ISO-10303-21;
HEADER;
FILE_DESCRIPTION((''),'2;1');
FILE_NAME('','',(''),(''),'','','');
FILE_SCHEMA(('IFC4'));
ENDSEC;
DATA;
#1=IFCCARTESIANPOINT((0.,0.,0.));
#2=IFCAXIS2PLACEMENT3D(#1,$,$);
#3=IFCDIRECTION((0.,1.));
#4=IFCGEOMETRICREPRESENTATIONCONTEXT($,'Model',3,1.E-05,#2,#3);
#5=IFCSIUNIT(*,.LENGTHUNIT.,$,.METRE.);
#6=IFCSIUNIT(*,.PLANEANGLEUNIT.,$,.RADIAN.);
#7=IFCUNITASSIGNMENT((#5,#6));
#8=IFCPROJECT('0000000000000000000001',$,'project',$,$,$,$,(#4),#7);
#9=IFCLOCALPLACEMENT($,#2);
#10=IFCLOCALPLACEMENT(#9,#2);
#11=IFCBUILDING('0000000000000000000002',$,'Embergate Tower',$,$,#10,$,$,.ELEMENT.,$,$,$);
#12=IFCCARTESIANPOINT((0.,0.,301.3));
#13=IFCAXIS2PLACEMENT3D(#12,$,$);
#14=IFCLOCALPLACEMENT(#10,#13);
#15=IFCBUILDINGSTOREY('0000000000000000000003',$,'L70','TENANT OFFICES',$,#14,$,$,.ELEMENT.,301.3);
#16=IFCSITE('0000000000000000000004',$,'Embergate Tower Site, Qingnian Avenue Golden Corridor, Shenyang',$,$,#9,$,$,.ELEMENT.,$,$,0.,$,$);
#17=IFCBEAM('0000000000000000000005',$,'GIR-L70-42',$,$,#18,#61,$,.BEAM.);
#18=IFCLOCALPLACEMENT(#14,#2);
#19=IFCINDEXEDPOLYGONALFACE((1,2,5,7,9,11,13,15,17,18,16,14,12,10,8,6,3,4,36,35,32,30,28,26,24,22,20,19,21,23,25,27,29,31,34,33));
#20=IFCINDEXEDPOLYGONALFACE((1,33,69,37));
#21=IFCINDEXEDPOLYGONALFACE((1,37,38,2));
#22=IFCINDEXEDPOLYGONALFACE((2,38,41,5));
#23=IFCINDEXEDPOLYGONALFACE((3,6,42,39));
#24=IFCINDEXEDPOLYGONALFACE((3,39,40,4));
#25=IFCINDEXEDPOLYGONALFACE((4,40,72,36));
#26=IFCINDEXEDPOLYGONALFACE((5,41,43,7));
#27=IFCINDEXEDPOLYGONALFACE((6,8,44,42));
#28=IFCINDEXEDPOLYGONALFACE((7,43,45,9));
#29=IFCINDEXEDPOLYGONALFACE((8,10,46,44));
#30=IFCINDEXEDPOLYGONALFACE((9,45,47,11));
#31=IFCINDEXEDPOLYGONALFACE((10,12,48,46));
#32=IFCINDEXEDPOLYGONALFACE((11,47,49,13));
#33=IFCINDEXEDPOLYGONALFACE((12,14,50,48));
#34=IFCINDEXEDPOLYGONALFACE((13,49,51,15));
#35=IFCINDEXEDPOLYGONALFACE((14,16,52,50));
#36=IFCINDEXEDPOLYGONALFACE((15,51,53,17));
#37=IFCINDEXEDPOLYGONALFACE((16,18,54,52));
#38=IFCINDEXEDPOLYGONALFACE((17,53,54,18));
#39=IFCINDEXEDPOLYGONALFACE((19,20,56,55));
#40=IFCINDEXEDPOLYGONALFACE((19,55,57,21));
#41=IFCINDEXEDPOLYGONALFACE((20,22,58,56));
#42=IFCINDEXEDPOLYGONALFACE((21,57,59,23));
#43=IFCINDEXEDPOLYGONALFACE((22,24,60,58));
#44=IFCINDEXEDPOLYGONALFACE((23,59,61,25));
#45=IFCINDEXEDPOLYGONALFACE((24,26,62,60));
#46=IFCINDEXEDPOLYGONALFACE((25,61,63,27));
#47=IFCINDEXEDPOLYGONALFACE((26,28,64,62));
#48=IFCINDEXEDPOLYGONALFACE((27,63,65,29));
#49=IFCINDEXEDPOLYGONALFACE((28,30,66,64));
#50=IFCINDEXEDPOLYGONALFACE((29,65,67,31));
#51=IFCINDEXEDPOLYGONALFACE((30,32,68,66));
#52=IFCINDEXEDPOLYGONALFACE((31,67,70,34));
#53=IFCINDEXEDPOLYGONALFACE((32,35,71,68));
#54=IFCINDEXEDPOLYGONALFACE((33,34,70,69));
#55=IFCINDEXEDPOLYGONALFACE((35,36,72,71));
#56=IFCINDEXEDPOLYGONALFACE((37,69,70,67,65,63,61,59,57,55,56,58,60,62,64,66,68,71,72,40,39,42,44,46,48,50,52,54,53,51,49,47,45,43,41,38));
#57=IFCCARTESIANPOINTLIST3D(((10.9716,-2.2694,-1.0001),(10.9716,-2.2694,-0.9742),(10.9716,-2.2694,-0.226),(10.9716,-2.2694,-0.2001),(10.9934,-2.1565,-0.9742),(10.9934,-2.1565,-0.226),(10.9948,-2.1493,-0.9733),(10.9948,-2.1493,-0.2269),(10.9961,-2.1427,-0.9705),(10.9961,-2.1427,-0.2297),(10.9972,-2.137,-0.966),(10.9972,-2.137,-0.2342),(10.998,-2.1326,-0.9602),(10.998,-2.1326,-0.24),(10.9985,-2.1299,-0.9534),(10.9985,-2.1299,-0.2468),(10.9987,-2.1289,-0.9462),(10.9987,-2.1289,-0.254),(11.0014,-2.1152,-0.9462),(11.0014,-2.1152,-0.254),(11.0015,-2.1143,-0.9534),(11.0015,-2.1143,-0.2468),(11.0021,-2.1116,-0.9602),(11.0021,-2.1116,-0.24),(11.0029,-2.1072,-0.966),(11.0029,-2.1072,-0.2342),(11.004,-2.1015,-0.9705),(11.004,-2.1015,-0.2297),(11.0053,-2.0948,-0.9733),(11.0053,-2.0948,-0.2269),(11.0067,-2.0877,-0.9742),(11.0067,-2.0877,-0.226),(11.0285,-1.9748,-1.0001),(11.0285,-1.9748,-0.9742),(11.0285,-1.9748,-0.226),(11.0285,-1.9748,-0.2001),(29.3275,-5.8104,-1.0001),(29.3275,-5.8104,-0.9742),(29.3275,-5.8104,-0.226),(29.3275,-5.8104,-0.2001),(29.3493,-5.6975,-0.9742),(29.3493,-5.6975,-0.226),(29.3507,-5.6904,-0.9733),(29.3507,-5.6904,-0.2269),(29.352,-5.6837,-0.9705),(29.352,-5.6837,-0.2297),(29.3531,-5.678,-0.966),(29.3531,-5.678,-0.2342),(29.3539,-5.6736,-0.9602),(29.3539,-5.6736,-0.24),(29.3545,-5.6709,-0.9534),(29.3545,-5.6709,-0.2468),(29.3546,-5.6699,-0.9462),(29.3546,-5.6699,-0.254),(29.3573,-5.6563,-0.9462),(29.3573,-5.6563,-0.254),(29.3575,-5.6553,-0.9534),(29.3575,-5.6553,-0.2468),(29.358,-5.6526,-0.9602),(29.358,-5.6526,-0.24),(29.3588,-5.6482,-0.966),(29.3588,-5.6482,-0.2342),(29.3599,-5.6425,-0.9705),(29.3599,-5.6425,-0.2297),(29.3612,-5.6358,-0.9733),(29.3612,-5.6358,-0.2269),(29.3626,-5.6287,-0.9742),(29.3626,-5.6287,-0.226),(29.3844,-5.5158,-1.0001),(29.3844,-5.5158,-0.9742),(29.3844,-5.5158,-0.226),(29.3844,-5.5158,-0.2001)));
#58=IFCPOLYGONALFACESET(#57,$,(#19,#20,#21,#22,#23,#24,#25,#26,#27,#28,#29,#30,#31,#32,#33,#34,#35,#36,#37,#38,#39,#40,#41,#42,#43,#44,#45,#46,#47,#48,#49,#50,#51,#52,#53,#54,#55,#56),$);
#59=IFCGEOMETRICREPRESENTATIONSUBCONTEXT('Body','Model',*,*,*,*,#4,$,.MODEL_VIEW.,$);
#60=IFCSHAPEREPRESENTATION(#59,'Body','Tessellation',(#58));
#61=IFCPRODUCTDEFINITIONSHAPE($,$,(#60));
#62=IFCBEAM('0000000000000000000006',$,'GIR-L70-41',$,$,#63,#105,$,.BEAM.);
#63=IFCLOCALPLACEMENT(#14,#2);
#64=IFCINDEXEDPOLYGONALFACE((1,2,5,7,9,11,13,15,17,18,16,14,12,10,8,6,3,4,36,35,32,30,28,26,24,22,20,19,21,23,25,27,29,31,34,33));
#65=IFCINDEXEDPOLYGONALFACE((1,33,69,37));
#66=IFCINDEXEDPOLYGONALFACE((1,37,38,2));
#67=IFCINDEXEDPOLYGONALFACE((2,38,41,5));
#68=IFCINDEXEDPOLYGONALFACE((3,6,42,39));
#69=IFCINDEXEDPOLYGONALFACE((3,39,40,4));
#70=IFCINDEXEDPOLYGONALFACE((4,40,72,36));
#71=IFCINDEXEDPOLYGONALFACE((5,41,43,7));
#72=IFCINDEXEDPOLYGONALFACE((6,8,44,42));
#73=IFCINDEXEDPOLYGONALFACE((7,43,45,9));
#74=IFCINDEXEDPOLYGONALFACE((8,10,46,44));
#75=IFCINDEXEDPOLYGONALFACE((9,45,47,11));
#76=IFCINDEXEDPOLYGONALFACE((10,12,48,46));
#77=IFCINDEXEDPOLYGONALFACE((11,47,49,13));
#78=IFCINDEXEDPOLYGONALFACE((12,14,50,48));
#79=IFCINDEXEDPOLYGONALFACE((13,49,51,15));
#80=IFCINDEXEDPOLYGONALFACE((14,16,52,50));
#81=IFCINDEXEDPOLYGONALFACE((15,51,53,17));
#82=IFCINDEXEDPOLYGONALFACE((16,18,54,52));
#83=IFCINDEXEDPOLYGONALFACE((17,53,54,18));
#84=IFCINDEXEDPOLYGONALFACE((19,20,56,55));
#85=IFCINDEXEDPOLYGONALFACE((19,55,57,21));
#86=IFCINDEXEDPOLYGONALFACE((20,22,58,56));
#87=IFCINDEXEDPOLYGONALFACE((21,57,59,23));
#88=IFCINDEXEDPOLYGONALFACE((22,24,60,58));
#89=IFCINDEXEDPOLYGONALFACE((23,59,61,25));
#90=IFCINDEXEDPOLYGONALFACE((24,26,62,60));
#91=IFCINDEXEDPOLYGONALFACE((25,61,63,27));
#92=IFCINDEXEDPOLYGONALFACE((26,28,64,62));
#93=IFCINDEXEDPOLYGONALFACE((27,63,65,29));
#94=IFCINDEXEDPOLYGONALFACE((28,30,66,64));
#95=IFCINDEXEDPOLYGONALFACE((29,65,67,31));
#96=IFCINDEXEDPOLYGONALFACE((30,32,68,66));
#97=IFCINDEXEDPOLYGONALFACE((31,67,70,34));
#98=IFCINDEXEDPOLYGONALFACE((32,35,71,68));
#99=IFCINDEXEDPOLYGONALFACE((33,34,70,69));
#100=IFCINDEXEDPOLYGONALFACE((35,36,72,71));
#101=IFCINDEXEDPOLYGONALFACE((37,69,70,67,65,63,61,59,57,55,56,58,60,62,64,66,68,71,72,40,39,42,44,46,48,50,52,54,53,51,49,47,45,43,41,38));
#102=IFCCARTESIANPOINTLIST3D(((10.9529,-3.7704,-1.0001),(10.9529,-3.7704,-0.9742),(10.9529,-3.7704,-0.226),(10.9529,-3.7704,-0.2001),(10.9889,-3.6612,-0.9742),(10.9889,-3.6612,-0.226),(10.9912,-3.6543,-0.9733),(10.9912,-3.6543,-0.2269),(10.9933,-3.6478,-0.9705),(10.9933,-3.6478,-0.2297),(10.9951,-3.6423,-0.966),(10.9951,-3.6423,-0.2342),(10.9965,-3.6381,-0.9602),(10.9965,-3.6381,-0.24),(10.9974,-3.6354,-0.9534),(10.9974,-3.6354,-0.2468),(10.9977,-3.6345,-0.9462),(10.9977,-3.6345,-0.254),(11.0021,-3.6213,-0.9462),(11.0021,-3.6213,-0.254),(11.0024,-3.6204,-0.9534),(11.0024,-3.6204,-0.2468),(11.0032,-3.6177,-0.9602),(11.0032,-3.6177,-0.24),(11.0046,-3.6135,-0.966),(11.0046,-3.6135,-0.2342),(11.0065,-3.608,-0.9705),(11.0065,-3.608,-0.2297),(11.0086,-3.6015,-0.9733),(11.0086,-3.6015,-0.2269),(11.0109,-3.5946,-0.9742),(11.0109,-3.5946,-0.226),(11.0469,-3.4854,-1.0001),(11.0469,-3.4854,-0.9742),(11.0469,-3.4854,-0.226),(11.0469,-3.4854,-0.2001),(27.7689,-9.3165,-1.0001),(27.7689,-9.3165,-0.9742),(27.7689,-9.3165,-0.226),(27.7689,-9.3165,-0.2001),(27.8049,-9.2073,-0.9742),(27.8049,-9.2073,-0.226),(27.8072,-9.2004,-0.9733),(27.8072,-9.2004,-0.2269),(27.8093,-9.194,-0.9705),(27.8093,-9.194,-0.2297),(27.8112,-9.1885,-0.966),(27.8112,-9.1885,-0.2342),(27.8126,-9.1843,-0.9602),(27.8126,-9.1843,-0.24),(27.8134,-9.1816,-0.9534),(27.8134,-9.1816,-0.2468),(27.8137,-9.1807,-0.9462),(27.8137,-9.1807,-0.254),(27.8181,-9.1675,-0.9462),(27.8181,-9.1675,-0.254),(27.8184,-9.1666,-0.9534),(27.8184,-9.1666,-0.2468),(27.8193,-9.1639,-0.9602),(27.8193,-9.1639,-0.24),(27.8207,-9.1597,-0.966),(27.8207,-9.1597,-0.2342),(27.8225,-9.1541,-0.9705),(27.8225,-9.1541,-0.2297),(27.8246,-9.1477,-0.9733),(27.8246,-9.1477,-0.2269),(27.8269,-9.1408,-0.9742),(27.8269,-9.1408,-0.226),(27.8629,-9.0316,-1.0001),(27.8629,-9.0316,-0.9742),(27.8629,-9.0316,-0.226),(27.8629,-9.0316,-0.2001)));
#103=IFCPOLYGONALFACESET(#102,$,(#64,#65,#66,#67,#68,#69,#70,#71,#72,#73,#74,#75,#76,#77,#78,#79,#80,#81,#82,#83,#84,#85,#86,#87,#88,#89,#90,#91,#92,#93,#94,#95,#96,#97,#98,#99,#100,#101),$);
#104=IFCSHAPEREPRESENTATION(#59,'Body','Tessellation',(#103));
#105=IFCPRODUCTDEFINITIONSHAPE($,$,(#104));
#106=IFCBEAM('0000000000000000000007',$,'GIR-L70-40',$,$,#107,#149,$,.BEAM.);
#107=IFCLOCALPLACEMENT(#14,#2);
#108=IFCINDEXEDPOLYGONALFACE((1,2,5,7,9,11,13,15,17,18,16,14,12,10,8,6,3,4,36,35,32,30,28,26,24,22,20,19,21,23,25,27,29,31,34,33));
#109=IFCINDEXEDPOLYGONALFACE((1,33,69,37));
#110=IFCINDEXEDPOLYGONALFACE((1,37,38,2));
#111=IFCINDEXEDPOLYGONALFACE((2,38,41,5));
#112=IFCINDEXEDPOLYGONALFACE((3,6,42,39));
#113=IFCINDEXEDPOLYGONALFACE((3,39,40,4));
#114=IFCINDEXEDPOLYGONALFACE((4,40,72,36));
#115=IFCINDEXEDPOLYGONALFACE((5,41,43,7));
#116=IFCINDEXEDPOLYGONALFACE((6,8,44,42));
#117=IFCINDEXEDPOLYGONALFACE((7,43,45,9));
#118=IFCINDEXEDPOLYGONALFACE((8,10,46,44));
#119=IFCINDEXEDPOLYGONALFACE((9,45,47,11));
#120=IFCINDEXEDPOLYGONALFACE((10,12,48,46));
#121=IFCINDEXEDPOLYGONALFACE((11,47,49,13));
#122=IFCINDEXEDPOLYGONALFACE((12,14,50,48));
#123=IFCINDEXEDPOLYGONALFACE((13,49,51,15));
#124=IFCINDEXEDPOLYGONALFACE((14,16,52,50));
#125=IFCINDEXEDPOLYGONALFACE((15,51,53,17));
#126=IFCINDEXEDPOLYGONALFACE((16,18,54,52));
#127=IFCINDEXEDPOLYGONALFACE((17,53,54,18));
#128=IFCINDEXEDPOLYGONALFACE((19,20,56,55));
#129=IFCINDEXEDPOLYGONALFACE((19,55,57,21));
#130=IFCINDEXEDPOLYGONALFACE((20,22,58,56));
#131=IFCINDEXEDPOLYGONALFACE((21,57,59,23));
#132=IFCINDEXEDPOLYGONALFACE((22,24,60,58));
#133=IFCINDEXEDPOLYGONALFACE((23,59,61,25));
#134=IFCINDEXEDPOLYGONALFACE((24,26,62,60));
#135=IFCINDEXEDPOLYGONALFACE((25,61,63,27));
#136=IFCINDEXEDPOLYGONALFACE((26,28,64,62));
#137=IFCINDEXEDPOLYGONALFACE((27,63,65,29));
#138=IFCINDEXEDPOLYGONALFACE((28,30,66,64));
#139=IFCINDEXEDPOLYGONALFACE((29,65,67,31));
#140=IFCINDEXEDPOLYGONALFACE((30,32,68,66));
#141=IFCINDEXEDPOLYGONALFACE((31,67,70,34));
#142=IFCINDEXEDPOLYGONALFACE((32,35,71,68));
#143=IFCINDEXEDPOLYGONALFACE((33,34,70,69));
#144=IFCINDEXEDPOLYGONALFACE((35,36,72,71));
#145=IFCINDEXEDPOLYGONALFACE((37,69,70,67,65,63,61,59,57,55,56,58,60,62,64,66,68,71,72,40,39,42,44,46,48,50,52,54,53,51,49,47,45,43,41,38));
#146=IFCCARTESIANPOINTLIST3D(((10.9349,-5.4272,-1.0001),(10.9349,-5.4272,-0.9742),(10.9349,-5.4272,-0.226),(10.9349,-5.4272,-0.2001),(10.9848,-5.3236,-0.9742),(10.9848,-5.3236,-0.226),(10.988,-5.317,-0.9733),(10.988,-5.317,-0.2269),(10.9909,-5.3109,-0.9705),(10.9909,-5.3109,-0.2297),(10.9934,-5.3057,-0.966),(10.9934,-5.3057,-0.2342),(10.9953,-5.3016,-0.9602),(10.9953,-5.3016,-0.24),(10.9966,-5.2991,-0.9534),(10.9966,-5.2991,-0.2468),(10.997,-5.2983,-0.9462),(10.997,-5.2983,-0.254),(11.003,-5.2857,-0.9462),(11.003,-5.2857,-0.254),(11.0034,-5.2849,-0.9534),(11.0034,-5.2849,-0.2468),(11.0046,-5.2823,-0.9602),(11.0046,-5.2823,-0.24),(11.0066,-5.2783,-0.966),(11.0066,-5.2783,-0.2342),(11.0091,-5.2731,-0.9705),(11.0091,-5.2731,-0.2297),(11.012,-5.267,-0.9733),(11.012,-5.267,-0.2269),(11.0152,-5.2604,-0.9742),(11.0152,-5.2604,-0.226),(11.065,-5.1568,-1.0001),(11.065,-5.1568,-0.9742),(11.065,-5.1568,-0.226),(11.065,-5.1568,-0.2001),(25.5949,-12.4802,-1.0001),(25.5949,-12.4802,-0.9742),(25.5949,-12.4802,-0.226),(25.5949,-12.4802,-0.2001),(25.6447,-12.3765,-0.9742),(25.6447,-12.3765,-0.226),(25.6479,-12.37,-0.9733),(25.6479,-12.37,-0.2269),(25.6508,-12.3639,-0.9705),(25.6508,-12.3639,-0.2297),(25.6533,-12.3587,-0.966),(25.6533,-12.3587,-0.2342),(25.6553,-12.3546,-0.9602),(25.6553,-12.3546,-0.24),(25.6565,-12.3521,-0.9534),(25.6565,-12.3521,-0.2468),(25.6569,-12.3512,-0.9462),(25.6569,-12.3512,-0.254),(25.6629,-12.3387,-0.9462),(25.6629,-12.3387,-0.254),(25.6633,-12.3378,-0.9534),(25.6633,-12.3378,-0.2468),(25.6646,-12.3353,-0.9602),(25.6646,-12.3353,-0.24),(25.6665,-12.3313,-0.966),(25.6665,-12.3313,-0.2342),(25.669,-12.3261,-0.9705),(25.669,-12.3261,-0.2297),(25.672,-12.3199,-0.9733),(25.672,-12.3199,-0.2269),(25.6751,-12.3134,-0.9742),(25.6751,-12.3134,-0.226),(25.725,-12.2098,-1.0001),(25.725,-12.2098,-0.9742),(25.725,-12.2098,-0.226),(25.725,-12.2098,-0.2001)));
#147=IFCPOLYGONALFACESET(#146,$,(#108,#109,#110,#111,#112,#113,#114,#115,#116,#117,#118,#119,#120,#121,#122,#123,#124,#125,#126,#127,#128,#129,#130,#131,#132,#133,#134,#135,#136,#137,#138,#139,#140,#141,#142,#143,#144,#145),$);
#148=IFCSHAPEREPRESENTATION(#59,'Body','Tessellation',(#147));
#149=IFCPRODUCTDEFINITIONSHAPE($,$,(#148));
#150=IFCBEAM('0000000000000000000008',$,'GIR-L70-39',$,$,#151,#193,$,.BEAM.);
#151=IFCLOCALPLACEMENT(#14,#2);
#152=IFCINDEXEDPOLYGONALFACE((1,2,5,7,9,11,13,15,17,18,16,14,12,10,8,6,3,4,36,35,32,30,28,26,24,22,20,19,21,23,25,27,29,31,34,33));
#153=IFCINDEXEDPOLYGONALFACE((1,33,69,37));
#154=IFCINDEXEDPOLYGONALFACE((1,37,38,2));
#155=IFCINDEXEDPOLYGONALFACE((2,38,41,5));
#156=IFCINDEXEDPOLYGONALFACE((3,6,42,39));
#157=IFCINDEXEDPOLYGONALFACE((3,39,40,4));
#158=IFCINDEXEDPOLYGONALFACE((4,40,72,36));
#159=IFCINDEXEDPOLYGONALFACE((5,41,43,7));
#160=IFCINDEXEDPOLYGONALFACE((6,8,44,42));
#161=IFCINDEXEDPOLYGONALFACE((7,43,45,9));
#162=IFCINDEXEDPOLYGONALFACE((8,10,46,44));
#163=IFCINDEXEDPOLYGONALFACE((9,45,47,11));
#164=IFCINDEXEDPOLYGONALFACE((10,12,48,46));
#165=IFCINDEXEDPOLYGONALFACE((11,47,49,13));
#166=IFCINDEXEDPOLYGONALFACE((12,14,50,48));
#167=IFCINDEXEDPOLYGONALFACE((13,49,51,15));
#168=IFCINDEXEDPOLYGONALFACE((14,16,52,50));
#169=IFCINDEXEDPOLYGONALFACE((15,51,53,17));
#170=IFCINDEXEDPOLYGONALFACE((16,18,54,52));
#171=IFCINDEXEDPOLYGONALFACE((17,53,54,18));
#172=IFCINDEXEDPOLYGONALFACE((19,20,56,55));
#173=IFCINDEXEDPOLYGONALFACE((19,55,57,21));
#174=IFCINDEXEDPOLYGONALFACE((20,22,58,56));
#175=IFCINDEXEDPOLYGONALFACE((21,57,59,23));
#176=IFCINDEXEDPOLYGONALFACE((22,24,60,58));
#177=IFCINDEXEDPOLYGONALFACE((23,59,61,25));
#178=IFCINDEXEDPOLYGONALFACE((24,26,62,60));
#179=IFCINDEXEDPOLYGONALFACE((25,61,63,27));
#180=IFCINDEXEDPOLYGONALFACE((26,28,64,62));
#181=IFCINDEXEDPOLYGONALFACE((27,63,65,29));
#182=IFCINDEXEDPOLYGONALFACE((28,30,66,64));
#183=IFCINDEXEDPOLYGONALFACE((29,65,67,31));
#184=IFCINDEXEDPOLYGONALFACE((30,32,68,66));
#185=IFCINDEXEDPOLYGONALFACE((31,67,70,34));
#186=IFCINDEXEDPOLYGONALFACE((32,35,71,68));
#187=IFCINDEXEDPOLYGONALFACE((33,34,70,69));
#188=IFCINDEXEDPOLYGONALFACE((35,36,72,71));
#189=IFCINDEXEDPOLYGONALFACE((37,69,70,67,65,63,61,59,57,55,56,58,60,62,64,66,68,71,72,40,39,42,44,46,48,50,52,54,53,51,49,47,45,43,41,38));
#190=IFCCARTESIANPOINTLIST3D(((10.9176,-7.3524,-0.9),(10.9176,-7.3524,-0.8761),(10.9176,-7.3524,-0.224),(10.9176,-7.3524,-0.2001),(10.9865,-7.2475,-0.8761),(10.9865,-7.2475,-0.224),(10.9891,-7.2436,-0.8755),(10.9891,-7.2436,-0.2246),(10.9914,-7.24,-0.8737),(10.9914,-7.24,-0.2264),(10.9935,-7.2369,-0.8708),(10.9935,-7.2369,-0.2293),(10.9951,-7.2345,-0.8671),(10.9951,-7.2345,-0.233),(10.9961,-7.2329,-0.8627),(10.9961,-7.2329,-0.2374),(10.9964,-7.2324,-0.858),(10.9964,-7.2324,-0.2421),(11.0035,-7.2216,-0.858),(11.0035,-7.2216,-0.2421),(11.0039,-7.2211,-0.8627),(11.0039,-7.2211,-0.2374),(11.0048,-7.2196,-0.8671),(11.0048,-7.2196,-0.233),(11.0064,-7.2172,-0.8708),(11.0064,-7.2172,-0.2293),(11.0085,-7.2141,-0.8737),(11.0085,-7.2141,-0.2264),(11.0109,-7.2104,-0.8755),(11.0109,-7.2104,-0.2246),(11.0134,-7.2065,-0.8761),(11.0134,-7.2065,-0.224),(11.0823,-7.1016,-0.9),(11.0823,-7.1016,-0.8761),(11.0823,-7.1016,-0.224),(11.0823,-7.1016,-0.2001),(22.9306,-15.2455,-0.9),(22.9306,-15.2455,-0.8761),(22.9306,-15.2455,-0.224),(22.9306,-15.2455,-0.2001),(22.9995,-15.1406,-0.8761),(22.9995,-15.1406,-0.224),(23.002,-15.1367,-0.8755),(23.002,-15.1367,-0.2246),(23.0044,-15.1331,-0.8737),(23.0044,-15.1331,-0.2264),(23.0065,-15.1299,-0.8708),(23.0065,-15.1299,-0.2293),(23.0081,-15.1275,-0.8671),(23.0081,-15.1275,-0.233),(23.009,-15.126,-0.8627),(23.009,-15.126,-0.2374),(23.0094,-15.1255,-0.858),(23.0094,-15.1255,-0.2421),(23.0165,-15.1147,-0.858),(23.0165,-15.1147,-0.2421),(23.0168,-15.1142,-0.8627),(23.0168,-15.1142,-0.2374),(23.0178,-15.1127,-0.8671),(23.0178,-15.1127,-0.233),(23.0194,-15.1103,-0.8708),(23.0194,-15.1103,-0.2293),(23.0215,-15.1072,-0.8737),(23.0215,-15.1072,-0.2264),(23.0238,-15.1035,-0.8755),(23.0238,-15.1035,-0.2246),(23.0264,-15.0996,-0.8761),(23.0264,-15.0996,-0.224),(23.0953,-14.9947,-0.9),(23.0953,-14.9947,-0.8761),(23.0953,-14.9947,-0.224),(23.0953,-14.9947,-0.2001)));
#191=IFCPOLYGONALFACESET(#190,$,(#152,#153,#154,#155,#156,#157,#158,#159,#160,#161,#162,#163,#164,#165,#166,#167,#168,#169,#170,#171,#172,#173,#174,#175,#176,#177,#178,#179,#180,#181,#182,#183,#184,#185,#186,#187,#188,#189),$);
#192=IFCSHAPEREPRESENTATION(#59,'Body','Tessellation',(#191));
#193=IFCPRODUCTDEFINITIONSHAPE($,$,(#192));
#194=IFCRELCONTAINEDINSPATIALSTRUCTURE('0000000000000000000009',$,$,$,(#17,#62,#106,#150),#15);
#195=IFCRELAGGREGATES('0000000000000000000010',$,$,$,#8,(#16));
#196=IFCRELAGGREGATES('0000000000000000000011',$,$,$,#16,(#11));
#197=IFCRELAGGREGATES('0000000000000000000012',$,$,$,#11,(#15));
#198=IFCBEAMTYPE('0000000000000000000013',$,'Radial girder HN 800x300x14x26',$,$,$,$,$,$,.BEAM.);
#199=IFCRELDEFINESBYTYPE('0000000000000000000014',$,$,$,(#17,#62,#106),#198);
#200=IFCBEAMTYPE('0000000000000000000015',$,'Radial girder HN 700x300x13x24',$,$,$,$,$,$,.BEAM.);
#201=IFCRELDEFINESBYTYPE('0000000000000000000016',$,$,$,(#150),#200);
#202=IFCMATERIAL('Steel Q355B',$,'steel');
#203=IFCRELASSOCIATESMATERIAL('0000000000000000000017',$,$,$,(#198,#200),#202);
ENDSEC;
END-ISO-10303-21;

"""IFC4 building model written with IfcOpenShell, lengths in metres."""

from ifc_helpers import new_model, si_unit, direction, frame, origin, origin_2d, place, context, subcontext, project, spatial, i_section, extrude, source, transform, mapped, material, material_profile, profile_set, type_object, element, save


model = new_model("IFC4")

# Units and contexts
model_context = context("Model", 3, precision=1e-05, world=origin(), true_north=direction((0.0, 1.0)))
body_context = subcontext(model_context, "Body", "Model", "MODEL_VIEW")
ifc_project = project(units=[si_unit("LENGTHUNIT", "METRE"), si_unit("PLANEANGLEUNIT", "RADIAN")], contexts=[model_context])

# Site, building, storey
site_placement = place(None, origin())
site = spatial("IfcSite", under=ifc_project, at=site_placement, Name="Embergate Tower Site, Qingnian Avenue Golden Corridor, Shenyang", CompositionType="ELEMENT", RefElevation=0.0)
building_placement = place(site_placement, origin())
building = spatial("IfcBuilding", under=site, at=building_placement, Name="Embergate Tower", CompositionType="ELEMENT")
storey_placement = place(building_placement, frame((0.0, 0.0, 301.3)))
storey = spatial("IfcBuildingStorey", under=building, at=storey_placement, Name="L70", Description="TENANT OFFICES", CompositionType="ELEMENT", Elevation=301.3)

# Beams
ifc_material_1 = material(Name="Steel Q355B", Category="steel")
ifc_material_profile_1 = material_profile(ifc_material_1, i_section(OverallWidth=0.3, OverallDepth=0.8, WebThickness=0.0139, FlangeThickness=0.0259, FilletRadius=0.0281, at=origin_2d()), Name="HN 800x300x14x26")
ifc_profile_set_1 = profile_set([ifc_material_profile_1], Name="Steel Q355 grade B")
beam_type_1 = type_object("IfcBeamType", Name="Radial girder HN 800x300x14x26", PredefinedType="BEAM", material=ifc_profile_set_1)
shared_shape_1 = source(origin(), body_context, "Body", "SweptSolid", [
    extrude(i_section(OverallWidth=0.3, OverallDepth=0.8, WebThickness=0.0139, FlangeThickness=0.0259, FilletRadius=0.0281, at=origin_2d()), origin(), (0.0, 0.0, 1.0), 18.6943),
])
beam_1_placement = place(storey_placement, frame((29.356, -5.6631, -0.6001), z_axis=(-0.981897, 0.189416, 0.0), x_axis=(-0.189416, -0.981897, 0.0)))
element("IfcBeam", 1, at=beam_1_placement, inside=storey, type_object=beam_type_1, Name="GIR-L70-42", PredefinedType="BEAM", context=body_context, shape_type="MappedRepresentation", body=[
    mapped(shared_shape_1, transform((0.0, 0.0, 0.0))),
])
shared_shape_2 = source(origin(), body_context, "Body", "SweptSolid", [
    extrude(i_section(OverallWidth=0.3, OverallDepth=0.8, WebThickness=0.0139, FlangeThickness=0.0259, FilletRadius=0.0281, at=origin_2d()), origin(), (0.0, 0.0, 1.0), 17.707),
])
beam_2_placement = place(storey_placement, frame((27.8159, -9.1741, -0.6001), z_axis=(-0.949681, 0.313219, 0.0), x_axis=(-0.313219, -0.949681, 0.0)))
element("IfcBeam", 2, at=beam_2_placement, inside=storey, type_object=beam_type_1, Name="GIR-L70-41", PredefinedType="BEAM", context=body_context, shape_type="MappedRepresentation", body=[
    mapped(shared_shape_2, transform((0.0, 0.0, 0.0))),
])
shared_shape_3 = source(origin(), body_context, "Body", "SweptSolid", [
    extrude(i_section(OverallWidth=0.3, OverallDepth=0.8, WebThickness=0.0139, FlangeThickness=0.0259, FilletRadius=0.0281, at=origin_2d()), origin(), (0.0, 0.0, 1.0), 16.2683),
])
beam_3_placement = place(storey_placement, frame((25.6599, -12.345, -0.6001), z_axis=(-0.901134, 0.433541, 0.0), x_axis=(-0.433541, -0.901134, 0.0)))
element("IfcBeam", 3, at=beam_3_placement, inside=storey, type_object=beam_type_1, Name="GIR-L70-40", PredefinedType="BEAM", context=body_context, shape_type="MappedRepresentation", body=[
    mapped(shared_shape_3, transform((0.0, 0.0, 0.0))),
])
ifc_material_profile_2 = material_profile(ifc_material_1, i_section(OverallWidth=0.3, OverallDepth=0.7, WebThickness=0.0129, FlangeThickness=0.0239, FilletRadius=0.0181, at=origin_2d()), Name="HN 700x300x13x24")
ifc_profile_set_2 = profile_set([ifc_material_profile_2], Name="Steel Q355 grade B")
beam_type_2 = type_object("IfcBeamType", Name="Radial girder HN 700x300x13x24", PredefinedType="BEAM", material=ifc_profile_set_2)
shared_shape_4 = source(origin(), body_context, "Body", "SweptSolid", [
    extrude(i_section(OverallWidth=0.3, OverallDepth=0.7, WebThickness=0.0129, FlangeThickness=0.0239, FilletRadius=0.0181, at=origin_2d()), origin(), (0.0, 0.0, 1.0), 14.374),
])
beam_4_placement = place(storey_placement, frame((23.0129, -15.1201, -0.55), z_axis=(-0.835742, 0.549122, 0.0), x_axis=(-0.549122, -0.835742, 0.0)))
element("IfcBeam", 4, at=beam_4_placement, inside=storey, type_object=beam_type_2, Name="GIR-L70-39", PredefinedType="BEAM", context=body_context, shape_type="MappedRepresentation", body=[
    mapped(shared_shape_4, transform((0.0, 0.0, 0.0))),
])

save(model, "model.ifc")
